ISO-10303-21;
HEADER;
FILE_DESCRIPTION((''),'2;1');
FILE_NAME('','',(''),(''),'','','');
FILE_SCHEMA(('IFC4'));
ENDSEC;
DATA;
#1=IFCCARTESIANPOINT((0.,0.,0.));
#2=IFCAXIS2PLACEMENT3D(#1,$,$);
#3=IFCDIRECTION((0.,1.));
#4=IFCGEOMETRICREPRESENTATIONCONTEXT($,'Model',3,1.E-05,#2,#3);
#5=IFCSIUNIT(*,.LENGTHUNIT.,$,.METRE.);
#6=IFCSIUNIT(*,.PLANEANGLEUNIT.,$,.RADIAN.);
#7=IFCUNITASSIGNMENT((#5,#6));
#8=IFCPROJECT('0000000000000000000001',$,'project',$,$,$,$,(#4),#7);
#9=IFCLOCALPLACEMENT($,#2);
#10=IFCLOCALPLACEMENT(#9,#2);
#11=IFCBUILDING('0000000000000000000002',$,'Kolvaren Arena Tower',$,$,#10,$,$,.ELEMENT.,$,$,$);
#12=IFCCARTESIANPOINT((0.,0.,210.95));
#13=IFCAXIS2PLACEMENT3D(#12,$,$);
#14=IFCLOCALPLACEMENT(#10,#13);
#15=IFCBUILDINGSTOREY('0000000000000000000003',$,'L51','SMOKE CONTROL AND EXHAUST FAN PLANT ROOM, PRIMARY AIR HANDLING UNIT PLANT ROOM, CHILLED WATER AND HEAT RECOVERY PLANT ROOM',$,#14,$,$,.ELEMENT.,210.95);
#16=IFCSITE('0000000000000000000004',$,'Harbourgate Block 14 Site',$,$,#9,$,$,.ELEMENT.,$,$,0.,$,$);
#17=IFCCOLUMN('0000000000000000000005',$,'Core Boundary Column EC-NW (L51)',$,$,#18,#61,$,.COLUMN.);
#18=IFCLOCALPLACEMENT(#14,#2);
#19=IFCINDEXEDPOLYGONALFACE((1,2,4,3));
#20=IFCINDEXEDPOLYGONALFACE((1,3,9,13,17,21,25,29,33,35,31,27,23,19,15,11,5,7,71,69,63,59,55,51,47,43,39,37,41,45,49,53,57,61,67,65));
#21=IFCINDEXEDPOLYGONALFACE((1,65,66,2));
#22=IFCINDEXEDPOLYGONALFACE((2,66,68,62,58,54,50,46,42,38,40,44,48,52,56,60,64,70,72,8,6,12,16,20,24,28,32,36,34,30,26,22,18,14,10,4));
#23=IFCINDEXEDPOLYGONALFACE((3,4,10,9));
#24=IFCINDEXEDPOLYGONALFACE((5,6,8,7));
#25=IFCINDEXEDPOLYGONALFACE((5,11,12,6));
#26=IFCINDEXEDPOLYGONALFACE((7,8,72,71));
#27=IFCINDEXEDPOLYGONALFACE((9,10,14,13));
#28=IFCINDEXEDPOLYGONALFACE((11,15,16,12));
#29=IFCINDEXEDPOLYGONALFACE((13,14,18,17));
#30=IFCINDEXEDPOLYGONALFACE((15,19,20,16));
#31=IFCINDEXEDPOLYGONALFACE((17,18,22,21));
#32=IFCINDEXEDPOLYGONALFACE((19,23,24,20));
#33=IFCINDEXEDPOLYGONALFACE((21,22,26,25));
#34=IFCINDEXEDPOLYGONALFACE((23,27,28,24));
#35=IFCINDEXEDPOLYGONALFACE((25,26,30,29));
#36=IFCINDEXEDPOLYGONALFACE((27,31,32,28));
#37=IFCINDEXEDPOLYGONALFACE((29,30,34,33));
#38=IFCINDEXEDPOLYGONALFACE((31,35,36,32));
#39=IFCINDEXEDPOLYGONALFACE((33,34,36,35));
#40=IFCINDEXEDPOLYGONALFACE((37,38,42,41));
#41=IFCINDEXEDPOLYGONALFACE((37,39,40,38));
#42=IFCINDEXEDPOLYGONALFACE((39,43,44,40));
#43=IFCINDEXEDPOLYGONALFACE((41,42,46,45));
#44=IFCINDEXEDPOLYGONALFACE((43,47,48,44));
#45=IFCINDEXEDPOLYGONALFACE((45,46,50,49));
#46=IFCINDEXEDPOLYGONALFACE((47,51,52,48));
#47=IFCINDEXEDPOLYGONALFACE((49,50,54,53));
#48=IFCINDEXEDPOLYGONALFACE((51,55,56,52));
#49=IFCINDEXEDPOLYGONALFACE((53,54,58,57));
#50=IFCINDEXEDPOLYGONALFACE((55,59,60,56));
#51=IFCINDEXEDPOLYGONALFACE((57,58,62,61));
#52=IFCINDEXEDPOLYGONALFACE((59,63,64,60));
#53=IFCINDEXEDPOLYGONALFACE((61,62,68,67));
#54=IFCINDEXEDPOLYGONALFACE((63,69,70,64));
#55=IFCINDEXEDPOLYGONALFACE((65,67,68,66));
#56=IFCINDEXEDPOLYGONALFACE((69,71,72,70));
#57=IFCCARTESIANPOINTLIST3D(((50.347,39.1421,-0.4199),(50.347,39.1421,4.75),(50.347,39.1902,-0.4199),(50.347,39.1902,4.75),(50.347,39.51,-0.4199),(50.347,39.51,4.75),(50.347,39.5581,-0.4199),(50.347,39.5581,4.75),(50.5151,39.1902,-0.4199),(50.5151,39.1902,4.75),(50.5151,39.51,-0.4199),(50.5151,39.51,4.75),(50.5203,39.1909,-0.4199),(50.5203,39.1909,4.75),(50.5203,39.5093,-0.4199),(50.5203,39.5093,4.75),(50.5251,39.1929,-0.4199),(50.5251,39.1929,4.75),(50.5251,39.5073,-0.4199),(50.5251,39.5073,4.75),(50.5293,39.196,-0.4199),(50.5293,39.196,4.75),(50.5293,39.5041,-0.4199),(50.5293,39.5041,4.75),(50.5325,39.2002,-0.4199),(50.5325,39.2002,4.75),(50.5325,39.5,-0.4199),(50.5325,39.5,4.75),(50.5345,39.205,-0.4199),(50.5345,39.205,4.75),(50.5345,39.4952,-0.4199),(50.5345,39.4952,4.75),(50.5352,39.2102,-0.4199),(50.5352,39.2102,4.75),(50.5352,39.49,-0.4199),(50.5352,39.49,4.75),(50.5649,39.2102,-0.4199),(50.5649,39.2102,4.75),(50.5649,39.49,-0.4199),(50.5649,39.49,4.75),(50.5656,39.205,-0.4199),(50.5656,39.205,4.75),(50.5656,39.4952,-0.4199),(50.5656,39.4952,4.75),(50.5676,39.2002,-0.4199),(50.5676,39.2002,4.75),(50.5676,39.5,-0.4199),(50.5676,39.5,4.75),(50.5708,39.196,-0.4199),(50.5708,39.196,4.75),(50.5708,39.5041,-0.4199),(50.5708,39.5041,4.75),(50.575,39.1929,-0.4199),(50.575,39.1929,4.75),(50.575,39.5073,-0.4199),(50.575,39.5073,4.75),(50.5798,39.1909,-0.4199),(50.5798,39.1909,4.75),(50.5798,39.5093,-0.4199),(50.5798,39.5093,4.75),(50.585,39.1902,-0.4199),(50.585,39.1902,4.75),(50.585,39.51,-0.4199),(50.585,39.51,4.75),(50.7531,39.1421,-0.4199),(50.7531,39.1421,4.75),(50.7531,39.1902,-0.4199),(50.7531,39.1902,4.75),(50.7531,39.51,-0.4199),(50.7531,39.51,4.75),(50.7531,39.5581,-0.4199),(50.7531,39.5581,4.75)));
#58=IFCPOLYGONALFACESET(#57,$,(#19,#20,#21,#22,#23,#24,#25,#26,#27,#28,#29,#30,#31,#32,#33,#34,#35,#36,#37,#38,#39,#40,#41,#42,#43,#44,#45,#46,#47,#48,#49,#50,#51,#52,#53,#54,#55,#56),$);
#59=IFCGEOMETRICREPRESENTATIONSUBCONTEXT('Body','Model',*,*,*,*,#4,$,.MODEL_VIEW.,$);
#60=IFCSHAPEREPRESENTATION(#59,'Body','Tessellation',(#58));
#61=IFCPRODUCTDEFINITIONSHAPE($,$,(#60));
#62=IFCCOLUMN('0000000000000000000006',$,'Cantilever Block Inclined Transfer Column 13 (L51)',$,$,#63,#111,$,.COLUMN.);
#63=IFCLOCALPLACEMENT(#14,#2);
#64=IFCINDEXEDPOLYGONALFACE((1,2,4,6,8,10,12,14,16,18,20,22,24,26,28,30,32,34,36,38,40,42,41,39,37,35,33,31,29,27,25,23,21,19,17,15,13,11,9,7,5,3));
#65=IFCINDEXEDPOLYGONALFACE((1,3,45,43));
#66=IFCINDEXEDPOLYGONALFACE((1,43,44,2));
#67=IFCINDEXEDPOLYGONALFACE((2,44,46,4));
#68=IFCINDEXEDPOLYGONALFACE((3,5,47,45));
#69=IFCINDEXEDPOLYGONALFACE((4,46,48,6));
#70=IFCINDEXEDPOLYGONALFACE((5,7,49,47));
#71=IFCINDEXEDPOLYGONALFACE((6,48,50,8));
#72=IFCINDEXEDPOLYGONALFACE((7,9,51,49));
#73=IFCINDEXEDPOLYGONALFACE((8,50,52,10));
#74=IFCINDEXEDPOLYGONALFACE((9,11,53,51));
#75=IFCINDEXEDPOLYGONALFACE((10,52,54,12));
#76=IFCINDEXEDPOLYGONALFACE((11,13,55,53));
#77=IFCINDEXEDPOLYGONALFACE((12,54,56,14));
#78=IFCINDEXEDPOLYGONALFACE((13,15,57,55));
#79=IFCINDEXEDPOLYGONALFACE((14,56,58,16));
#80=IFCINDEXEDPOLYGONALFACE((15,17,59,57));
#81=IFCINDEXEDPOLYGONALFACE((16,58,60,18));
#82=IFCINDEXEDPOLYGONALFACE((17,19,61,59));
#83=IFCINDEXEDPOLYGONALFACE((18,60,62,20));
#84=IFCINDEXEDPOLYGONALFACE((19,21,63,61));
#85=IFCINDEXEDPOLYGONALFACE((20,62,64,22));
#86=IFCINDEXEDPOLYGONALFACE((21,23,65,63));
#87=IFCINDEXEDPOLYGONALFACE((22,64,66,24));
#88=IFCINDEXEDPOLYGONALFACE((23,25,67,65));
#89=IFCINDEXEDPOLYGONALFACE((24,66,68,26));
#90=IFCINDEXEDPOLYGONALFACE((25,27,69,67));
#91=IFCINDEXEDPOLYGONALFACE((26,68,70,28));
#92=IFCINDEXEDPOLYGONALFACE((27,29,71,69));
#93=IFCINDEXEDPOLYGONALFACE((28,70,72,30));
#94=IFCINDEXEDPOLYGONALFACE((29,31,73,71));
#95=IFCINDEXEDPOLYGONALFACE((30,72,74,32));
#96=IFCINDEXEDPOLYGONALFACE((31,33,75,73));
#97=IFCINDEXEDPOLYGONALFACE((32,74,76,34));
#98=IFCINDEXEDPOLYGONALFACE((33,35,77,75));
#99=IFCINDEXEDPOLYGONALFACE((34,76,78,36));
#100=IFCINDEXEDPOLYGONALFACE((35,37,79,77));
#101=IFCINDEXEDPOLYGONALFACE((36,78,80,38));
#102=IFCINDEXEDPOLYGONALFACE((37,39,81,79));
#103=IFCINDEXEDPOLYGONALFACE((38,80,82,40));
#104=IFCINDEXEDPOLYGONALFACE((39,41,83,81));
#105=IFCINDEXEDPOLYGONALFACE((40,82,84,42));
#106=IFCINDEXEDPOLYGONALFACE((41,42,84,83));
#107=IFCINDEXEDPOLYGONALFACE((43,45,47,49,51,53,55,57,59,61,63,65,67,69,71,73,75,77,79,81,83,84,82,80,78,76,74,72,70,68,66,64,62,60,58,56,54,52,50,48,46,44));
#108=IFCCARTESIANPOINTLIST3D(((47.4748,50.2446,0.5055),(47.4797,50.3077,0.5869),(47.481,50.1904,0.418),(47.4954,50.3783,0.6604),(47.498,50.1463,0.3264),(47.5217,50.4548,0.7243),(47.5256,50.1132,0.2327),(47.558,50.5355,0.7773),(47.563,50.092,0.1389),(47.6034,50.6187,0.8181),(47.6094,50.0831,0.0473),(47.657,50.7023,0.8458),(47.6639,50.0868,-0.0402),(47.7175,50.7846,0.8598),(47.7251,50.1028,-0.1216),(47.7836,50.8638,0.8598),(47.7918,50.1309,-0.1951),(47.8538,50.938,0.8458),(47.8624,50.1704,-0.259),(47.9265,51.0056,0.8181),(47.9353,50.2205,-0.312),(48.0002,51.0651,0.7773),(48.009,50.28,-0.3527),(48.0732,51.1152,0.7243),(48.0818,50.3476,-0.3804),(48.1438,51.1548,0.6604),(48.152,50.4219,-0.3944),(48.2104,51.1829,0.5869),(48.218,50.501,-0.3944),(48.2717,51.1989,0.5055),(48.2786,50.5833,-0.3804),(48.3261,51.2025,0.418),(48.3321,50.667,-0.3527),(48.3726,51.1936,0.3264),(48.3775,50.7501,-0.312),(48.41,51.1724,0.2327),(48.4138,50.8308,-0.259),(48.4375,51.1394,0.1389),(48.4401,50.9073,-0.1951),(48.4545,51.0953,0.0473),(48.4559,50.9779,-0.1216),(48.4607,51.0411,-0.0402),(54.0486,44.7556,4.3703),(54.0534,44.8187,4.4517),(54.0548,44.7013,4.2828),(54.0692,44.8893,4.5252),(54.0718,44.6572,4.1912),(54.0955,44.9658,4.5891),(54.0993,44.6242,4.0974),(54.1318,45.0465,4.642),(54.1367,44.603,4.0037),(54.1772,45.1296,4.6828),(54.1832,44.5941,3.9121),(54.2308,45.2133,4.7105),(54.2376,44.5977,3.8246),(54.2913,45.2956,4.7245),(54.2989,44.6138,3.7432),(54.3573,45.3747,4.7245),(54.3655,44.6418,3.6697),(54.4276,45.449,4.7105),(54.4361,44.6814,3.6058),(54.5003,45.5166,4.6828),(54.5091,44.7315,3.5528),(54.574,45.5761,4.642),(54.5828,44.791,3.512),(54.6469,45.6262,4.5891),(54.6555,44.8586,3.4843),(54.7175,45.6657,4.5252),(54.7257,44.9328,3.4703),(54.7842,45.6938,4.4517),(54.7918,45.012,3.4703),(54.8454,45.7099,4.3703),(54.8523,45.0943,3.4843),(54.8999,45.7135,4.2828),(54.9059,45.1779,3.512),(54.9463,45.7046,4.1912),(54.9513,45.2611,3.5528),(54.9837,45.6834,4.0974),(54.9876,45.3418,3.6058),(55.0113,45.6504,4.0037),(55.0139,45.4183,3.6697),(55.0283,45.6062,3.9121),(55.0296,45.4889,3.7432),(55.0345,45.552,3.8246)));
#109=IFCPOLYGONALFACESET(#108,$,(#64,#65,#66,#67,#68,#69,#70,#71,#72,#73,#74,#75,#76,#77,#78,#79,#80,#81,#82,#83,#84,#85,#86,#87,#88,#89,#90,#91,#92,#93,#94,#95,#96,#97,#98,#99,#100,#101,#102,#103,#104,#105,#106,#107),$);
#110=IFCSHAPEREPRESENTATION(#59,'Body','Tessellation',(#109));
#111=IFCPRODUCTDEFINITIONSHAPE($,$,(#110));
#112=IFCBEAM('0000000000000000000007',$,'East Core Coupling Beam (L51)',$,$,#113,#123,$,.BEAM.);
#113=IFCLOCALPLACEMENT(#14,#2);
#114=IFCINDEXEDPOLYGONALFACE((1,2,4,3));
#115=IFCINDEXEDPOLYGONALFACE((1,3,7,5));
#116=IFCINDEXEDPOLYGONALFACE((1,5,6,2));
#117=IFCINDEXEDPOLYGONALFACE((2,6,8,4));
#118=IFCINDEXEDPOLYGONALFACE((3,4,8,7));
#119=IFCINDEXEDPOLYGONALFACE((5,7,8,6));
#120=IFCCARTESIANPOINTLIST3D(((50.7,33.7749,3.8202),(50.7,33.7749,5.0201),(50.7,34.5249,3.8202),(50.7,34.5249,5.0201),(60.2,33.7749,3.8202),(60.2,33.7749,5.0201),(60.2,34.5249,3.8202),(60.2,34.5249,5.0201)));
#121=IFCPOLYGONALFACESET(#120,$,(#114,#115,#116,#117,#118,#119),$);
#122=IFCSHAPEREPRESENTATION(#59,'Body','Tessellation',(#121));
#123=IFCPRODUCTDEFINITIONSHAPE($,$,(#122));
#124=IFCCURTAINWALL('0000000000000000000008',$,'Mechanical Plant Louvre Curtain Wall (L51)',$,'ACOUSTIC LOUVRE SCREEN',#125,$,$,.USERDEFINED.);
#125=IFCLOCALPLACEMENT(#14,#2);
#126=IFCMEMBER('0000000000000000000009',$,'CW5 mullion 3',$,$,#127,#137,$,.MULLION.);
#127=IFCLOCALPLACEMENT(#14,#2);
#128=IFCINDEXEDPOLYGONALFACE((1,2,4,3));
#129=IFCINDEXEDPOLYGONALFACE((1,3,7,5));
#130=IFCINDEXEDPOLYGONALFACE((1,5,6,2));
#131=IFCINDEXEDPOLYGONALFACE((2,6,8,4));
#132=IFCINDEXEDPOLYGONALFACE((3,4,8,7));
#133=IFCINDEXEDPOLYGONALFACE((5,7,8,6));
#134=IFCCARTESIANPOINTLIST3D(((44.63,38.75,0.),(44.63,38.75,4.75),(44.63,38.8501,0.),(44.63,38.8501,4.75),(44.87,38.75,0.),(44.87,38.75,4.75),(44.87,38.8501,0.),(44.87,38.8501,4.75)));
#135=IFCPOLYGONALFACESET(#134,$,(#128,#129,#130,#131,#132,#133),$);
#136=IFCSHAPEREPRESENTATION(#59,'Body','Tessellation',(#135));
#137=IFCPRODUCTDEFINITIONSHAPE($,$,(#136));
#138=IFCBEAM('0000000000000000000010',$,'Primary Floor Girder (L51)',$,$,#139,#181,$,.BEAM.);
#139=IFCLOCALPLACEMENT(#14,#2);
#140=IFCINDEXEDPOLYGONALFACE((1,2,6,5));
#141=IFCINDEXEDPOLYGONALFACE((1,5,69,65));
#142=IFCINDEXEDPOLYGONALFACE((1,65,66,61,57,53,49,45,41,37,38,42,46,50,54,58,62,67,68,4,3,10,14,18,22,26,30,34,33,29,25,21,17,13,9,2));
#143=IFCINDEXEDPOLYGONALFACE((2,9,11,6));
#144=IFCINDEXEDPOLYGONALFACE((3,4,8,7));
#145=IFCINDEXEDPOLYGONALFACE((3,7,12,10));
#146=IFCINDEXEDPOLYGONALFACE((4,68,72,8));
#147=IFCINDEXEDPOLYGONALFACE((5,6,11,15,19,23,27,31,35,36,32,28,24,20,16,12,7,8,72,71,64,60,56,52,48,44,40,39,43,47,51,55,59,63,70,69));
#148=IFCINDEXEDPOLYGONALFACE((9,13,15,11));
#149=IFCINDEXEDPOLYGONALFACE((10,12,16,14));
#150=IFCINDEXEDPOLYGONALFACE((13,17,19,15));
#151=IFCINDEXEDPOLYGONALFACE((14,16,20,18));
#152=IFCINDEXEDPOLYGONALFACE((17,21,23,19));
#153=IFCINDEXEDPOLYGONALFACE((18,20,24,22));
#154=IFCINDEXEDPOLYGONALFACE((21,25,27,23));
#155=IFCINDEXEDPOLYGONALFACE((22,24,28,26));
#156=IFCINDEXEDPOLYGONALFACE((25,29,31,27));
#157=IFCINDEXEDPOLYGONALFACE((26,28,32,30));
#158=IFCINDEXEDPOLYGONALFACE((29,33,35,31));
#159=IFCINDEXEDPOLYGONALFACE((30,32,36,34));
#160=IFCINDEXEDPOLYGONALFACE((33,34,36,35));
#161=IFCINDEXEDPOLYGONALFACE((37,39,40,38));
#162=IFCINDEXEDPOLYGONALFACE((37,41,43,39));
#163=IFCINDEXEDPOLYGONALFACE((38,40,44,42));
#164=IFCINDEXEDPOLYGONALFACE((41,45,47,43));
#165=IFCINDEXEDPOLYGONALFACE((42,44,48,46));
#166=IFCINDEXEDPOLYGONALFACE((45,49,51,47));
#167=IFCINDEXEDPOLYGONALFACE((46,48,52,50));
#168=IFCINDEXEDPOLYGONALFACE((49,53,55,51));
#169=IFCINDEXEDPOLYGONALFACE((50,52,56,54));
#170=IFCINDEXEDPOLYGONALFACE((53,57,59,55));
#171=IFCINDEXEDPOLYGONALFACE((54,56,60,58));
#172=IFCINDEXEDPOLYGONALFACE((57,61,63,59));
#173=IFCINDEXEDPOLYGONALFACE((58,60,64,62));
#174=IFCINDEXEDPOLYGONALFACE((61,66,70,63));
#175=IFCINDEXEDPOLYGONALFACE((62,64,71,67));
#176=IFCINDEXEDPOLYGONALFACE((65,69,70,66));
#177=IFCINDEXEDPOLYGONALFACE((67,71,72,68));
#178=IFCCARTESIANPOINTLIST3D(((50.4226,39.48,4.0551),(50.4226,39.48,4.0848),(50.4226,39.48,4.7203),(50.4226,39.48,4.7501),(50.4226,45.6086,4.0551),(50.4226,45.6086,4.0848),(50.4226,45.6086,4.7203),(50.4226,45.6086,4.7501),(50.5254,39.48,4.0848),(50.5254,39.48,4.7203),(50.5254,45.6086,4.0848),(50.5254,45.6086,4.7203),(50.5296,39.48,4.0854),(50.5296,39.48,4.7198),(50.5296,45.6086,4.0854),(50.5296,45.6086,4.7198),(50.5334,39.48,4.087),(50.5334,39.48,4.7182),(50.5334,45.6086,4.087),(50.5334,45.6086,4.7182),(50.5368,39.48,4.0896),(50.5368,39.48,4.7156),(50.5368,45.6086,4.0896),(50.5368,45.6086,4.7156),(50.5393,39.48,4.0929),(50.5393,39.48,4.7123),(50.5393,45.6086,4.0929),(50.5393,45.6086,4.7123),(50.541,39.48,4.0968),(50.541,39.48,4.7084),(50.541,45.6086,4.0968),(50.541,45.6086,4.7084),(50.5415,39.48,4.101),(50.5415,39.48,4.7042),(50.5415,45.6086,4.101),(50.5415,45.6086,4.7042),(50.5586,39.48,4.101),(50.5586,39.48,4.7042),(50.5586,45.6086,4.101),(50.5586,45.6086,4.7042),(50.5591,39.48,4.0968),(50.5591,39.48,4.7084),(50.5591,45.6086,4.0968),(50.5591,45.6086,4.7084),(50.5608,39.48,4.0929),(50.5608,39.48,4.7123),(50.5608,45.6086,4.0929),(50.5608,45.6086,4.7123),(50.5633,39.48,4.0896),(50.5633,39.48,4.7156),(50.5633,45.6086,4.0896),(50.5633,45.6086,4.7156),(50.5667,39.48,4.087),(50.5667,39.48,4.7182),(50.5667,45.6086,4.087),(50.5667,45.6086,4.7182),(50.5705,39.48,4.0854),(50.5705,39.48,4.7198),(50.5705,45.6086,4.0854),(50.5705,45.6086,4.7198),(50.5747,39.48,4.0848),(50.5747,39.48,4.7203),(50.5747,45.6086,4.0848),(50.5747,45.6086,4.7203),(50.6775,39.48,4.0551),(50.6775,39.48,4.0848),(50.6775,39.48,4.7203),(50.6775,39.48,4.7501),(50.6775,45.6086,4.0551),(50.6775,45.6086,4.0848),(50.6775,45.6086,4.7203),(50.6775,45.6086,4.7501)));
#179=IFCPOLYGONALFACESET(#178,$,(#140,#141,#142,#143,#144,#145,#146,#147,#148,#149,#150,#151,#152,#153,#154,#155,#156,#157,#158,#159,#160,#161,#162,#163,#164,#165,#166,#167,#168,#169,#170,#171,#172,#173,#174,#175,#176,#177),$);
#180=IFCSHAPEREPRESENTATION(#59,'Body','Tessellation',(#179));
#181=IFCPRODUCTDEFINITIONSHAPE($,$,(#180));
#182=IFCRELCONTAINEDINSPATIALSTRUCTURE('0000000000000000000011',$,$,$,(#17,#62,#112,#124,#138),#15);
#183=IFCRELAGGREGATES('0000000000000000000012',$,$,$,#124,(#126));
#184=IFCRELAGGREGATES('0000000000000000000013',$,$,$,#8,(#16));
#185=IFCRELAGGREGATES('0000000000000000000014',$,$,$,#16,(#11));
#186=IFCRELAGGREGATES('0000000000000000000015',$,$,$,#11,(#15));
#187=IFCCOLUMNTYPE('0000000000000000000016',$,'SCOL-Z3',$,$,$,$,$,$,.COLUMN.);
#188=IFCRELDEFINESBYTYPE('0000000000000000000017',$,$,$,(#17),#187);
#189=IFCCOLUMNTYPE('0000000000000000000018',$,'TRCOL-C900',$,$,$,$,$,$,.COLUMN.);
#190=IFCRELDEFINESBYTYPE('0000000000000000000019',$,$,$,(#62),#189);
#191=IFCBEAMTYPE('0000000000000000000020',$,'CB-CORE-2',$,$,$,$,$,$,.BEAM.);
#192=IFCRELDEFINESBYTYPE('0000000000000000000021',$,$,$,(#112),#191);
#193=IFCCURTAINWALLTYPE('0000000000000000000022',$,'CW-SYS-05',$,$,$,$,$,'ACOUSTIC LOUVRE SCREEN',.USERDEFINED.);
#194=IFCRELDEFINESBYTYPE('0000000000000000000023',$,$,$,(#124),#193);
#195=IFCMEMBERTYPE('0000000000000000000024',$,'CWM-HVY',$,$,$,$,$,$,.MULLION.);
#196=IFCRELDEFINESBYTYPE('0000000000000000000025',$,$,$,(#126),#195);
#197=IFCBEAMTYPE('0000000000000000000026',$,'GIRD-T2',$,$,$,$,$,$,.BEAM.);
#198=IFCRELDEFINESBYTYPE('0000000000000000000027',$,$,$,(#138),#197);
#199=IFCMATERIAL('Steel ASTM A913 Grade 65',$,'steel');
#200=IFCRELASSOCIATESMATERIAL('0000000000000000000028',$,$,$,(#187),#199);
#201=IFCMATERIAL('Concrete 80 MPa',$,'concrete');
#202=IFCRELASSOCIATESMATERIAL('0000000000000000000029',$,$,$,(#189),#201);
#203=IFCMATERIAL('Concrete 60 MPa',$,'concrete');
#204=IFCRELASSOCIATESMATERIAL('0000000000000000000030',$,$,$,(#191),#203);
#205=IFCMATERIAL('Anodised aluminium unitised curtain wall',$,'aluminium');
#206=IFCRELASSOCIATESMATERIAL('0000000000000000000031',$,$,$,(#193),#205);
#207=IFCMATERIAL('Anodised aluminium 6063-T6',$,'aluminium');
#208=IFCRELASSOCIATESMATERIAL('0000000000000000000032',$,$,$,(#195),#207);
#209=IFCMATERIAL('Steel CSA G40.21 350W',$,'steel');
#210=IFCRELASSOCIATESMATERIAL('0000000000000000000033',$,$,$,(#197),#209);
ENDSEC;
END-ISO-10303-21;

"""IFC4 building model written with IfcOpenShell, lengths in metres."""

from ifc_helpers import new_model, si_unit, direction, frame, origin, origin_2d, place, context, subcontext, project, spatial, rectangle, circle, i_section, extrude, material, material_profile, profile_set, type_object, element, aggregate, save


model = new_model("IFC4")

# Units and contexts
model_context = context("Model", 3, precision=1e-05, world=origin(), true_north=direction((0.0, 1.0)))
body_context = subcontext(model_context, "Body", "Model", "MODEL_VIEW")
ifc_project = project(units=[si_unit("LENGTHUNIT", "METRE"), si_unit("PLANEANGLEUNIT", "RADIAN")], contexts=[model_context])

# Site, building, storey
site_placement = place(None, origin())
site = spatial("IfcSite", under=ifc_project, at=site_placement, Name="Harbourgate Block 14 Site", CompositionType="ELEMENT", RefElevation=0.0)
building_placement = place(site_placement, origin())
building = spatial("IfcBuilding", under=site, at=building_placement, Name="Kolvaren Arena Tower", CompositionType="ELEMENT")
storey_placement = place(building_placement, frame((0.0, 0.0, 210.95)))
storey = spatial("IfcBuildingStorey", under=building, at=storey_placement, Name="L51", Description="SMOKE CONTROL AND EXHAUST FAN PLANT ROOM, PRIMARY AIR HANDLING UNIT PLANT ROOM, CHILLED WATER AND HEAT RECOVERY PLANT ROOM", CompositionType="ELEMENT", Elevation=210.95)

# Columns
ifc_material_1 = material(Name="Steel ASTM A913 Grade 65", Category="steel")
ifc_material_profile_1 = material_profile(ifc_material_1, i_section(OverallWidth=0.406, OverallDepth=0.416, WebThickness=0.0298, FlangeThickness=0.0481, FilletRadius=0.02, at=origin_2d()), Name="W360x382")
ifc_profile_set_1 = profile_set([ifc_material_profile_1], Name="Steel ASTM A913 Grade 65")
column_type_1 = type_object("IfcColumnType", Name="SCOL-Z3", PredefinedType="COLUMN", material=ifc_profile_set_1)
column_1_placement = place(storey_placement, frame((50.55, 39.3501, -0.4199), z_axis=(0.0, 0.0, 1.0), x_axis=(1.0, 0.0, 0.0)))
element("IfcColumn", 1, at=column_1_placement, inside=storey, type_object=column_type_1, Name="Core Boundary Column EC-NW (L51)", PredefinedType="COLUMN", context=body_context, shape_type="SweptSolid", body=[
    extrude(i_section(OverallWidth=0.406, OverallDepth=0.416, WebThickness=0.0298, FlangeThickness=0.0481, FilletRadius=0.02, at=origin_2d()), origin(), (0.0, 0.0, 1.0), 5.1699),
])
ifc_material_2 = material(Name="Concrete 80 MPa", Category="concrete")
ifc_material_profile_2 = material_profile(ifc_material_2, circle(Radius=0.6899, at=origin_2d()), Name="RC-CIRC-1380")
ifc_profile_set_2 = profile_set([ifc_material_profile_2], Name="Concrete 80 MPa")
column_type_2 = type_object("IfcColumnType", Name="TRCOL-C900", PredefinedType="COLUMN", material=ifc_profile_set_2)
column_2_placement = place(storey_placement, frame((47.9678, 50.6428, 0.2327), z_axis=(0.699652, -0.584204, 0.411331), x_axis=(0.640936, 0.767595, 0.0)))
element("IfcColumn", 2, at=column_2_placement, inside=storey, type_object=column_type_2, Name="Cantilever Block Inclined Transfer Column 13 (L51)", PredefinedType="COLUMN", context=body_context, shape_type="SweptSolid", body=[
    extrude(circle(Radius=0.6899, at=origin_2d()), origin(), (0.0, 0.0, 1.0), 9.3958),
])

# Beam
ifc_material_3 = material(Name="Concrete 60 MPa", Category="concrete")
ifc_material_profile_3 = material_profile(ifc_material_3, rectangle(XDim=0.75, YDim=1.2, at=origin_2d()), Name="RC-750x1200")
ifc_profile_set_3 = profile_set([ifc_material_profile_3], Name="Concrete 60 MPa")
beam_type_1 = type_object("IfcBeamType", Name="CB-CORE-2", PredefinedType="BEAM", material=ifc_profile_set_3)
beam_1_placement = place(storey_placement, frame((50.7, 34.1499, 4.4202), z_axis=(1.0, 0.0, 0.0), x_axis=(0.0, 1.0, 0.0)))
element("IfcBeam", 3, at=beam_1_placement, inside=storey, type_object=beam_type_1, Name="East Core Coupling Beam (L51)", PredefinedType="BEAM", context=body_context, shape_type="SweptSolid", body=[
    extrude(rectangle(XDim=0.75, YDim=1.2, at=origin_2d()), origin(), (0.0, 0.0, 1.0), 9.5),
])

# Curtain wall, member
ifc_material_4 = material(Name="Anodised aluminium unitised curtain wall", Category="aluminium")
curtain_wall_type = type_object("IfcCurtainWallType", Name="CW-SYS-05", ElementType="ACOUSTIC LOUVRE SCREEN", PredefinedType="USERDEFINED", material=ifc_material_4)
curtain_wall_placement = place(storey_placement, origin())
curtain_wall = element("IfcCurtainWall", 4, at=curtain_wall_placement, inside=storey, type_object=curtain_wall_type, Name="Mechanical Plant Louvre Curtain Wall (L51)", ObjectType="ACOUSTIC LOUVRE SCREEN", PredefinedType="USERDEFINED")
ifc_material_5 = material(Name="Anodised aluminium 6063-T6", Category="aluminium")
ifc_material_profile_4 = material_profile(ifc_material_5, rectangle(XDim=0.1001, YDim=0.24, at=origin_2d()), Name="ALU-100x240")
ifc_profile_set_4 = profile_set([ifc_material_profile_4], Name="Anodised aluminium 6063-T6")
member_type = type_object("IfcMemberType", Name="CWM-HVY", PredefinedType="MULLION", material=ifc_profile_set_4)
member_placement = place(storey_placement, frame((44.75, 38.8, 0.0), z_axis=(0.0, 0.0, 1.0), x_axis=(0.0, 1.0, 0.0)))
member = element("IfcMember", 5, at=member_placement, type_object=member_type, Name="CW5 mullion 3", PredefinedType="MULLION", context=body_context, shape_type="SweptSolid", body=[
    extrude(rectangle(XDim=0.1001, YDim=0.24, at=origin_2d()), origin(), (0.0, 0.0, 1.0), 4.75),
])
aggregate(curtain_wall, [member])

# Beam
ifc_material_6 = material(Name="Steel CSA G40.21 350W", Category="steel")
ifc_material_profile_5 = material_profile(ifc_material_6, i_section(OverallWidth=0.2549, OverallDepth=0.6951, WebThickness=0.0171, FlangeThickness=0.0298, FilletRadius=0.0161, at=origin_2d()), Name="W690x217")
ifc_profile_set_5 = profile_set([ifc_material_profile_5], Name="Steel CSA G40.21 350W")
beam_type_2 = type_object("IfcBeamType", Name="GIRD-T2", PredefinedType="BEAM", material=ifc_profile_set_5)
beam_2_placement = place(storey_placement, frame((50.55, 39.48, 4.4026), z_axis=(0.0, 1.0, 0.0), x_axis=(-1.0, 0.0, 0.0)))
element("IfcBeam", 6, at=beam_2_placement, inside=storey, type_object=beam_type_2, Name="Primary Floor Girder (L51)", PredefinedType="BEAM", context=body_context, shape_type="SweptSolid", body=[
    extrude(i_section(OverallWidth=0.2549, OverallDepth=0.6951, WebThickness=0.0171, FlangeThickness=0.0298, FilletRadius=0.0161, at=origin_2d()), origin(), (0.0, 0.0, 1.0), 6.1287),
])

save(model, "model.ifc")
